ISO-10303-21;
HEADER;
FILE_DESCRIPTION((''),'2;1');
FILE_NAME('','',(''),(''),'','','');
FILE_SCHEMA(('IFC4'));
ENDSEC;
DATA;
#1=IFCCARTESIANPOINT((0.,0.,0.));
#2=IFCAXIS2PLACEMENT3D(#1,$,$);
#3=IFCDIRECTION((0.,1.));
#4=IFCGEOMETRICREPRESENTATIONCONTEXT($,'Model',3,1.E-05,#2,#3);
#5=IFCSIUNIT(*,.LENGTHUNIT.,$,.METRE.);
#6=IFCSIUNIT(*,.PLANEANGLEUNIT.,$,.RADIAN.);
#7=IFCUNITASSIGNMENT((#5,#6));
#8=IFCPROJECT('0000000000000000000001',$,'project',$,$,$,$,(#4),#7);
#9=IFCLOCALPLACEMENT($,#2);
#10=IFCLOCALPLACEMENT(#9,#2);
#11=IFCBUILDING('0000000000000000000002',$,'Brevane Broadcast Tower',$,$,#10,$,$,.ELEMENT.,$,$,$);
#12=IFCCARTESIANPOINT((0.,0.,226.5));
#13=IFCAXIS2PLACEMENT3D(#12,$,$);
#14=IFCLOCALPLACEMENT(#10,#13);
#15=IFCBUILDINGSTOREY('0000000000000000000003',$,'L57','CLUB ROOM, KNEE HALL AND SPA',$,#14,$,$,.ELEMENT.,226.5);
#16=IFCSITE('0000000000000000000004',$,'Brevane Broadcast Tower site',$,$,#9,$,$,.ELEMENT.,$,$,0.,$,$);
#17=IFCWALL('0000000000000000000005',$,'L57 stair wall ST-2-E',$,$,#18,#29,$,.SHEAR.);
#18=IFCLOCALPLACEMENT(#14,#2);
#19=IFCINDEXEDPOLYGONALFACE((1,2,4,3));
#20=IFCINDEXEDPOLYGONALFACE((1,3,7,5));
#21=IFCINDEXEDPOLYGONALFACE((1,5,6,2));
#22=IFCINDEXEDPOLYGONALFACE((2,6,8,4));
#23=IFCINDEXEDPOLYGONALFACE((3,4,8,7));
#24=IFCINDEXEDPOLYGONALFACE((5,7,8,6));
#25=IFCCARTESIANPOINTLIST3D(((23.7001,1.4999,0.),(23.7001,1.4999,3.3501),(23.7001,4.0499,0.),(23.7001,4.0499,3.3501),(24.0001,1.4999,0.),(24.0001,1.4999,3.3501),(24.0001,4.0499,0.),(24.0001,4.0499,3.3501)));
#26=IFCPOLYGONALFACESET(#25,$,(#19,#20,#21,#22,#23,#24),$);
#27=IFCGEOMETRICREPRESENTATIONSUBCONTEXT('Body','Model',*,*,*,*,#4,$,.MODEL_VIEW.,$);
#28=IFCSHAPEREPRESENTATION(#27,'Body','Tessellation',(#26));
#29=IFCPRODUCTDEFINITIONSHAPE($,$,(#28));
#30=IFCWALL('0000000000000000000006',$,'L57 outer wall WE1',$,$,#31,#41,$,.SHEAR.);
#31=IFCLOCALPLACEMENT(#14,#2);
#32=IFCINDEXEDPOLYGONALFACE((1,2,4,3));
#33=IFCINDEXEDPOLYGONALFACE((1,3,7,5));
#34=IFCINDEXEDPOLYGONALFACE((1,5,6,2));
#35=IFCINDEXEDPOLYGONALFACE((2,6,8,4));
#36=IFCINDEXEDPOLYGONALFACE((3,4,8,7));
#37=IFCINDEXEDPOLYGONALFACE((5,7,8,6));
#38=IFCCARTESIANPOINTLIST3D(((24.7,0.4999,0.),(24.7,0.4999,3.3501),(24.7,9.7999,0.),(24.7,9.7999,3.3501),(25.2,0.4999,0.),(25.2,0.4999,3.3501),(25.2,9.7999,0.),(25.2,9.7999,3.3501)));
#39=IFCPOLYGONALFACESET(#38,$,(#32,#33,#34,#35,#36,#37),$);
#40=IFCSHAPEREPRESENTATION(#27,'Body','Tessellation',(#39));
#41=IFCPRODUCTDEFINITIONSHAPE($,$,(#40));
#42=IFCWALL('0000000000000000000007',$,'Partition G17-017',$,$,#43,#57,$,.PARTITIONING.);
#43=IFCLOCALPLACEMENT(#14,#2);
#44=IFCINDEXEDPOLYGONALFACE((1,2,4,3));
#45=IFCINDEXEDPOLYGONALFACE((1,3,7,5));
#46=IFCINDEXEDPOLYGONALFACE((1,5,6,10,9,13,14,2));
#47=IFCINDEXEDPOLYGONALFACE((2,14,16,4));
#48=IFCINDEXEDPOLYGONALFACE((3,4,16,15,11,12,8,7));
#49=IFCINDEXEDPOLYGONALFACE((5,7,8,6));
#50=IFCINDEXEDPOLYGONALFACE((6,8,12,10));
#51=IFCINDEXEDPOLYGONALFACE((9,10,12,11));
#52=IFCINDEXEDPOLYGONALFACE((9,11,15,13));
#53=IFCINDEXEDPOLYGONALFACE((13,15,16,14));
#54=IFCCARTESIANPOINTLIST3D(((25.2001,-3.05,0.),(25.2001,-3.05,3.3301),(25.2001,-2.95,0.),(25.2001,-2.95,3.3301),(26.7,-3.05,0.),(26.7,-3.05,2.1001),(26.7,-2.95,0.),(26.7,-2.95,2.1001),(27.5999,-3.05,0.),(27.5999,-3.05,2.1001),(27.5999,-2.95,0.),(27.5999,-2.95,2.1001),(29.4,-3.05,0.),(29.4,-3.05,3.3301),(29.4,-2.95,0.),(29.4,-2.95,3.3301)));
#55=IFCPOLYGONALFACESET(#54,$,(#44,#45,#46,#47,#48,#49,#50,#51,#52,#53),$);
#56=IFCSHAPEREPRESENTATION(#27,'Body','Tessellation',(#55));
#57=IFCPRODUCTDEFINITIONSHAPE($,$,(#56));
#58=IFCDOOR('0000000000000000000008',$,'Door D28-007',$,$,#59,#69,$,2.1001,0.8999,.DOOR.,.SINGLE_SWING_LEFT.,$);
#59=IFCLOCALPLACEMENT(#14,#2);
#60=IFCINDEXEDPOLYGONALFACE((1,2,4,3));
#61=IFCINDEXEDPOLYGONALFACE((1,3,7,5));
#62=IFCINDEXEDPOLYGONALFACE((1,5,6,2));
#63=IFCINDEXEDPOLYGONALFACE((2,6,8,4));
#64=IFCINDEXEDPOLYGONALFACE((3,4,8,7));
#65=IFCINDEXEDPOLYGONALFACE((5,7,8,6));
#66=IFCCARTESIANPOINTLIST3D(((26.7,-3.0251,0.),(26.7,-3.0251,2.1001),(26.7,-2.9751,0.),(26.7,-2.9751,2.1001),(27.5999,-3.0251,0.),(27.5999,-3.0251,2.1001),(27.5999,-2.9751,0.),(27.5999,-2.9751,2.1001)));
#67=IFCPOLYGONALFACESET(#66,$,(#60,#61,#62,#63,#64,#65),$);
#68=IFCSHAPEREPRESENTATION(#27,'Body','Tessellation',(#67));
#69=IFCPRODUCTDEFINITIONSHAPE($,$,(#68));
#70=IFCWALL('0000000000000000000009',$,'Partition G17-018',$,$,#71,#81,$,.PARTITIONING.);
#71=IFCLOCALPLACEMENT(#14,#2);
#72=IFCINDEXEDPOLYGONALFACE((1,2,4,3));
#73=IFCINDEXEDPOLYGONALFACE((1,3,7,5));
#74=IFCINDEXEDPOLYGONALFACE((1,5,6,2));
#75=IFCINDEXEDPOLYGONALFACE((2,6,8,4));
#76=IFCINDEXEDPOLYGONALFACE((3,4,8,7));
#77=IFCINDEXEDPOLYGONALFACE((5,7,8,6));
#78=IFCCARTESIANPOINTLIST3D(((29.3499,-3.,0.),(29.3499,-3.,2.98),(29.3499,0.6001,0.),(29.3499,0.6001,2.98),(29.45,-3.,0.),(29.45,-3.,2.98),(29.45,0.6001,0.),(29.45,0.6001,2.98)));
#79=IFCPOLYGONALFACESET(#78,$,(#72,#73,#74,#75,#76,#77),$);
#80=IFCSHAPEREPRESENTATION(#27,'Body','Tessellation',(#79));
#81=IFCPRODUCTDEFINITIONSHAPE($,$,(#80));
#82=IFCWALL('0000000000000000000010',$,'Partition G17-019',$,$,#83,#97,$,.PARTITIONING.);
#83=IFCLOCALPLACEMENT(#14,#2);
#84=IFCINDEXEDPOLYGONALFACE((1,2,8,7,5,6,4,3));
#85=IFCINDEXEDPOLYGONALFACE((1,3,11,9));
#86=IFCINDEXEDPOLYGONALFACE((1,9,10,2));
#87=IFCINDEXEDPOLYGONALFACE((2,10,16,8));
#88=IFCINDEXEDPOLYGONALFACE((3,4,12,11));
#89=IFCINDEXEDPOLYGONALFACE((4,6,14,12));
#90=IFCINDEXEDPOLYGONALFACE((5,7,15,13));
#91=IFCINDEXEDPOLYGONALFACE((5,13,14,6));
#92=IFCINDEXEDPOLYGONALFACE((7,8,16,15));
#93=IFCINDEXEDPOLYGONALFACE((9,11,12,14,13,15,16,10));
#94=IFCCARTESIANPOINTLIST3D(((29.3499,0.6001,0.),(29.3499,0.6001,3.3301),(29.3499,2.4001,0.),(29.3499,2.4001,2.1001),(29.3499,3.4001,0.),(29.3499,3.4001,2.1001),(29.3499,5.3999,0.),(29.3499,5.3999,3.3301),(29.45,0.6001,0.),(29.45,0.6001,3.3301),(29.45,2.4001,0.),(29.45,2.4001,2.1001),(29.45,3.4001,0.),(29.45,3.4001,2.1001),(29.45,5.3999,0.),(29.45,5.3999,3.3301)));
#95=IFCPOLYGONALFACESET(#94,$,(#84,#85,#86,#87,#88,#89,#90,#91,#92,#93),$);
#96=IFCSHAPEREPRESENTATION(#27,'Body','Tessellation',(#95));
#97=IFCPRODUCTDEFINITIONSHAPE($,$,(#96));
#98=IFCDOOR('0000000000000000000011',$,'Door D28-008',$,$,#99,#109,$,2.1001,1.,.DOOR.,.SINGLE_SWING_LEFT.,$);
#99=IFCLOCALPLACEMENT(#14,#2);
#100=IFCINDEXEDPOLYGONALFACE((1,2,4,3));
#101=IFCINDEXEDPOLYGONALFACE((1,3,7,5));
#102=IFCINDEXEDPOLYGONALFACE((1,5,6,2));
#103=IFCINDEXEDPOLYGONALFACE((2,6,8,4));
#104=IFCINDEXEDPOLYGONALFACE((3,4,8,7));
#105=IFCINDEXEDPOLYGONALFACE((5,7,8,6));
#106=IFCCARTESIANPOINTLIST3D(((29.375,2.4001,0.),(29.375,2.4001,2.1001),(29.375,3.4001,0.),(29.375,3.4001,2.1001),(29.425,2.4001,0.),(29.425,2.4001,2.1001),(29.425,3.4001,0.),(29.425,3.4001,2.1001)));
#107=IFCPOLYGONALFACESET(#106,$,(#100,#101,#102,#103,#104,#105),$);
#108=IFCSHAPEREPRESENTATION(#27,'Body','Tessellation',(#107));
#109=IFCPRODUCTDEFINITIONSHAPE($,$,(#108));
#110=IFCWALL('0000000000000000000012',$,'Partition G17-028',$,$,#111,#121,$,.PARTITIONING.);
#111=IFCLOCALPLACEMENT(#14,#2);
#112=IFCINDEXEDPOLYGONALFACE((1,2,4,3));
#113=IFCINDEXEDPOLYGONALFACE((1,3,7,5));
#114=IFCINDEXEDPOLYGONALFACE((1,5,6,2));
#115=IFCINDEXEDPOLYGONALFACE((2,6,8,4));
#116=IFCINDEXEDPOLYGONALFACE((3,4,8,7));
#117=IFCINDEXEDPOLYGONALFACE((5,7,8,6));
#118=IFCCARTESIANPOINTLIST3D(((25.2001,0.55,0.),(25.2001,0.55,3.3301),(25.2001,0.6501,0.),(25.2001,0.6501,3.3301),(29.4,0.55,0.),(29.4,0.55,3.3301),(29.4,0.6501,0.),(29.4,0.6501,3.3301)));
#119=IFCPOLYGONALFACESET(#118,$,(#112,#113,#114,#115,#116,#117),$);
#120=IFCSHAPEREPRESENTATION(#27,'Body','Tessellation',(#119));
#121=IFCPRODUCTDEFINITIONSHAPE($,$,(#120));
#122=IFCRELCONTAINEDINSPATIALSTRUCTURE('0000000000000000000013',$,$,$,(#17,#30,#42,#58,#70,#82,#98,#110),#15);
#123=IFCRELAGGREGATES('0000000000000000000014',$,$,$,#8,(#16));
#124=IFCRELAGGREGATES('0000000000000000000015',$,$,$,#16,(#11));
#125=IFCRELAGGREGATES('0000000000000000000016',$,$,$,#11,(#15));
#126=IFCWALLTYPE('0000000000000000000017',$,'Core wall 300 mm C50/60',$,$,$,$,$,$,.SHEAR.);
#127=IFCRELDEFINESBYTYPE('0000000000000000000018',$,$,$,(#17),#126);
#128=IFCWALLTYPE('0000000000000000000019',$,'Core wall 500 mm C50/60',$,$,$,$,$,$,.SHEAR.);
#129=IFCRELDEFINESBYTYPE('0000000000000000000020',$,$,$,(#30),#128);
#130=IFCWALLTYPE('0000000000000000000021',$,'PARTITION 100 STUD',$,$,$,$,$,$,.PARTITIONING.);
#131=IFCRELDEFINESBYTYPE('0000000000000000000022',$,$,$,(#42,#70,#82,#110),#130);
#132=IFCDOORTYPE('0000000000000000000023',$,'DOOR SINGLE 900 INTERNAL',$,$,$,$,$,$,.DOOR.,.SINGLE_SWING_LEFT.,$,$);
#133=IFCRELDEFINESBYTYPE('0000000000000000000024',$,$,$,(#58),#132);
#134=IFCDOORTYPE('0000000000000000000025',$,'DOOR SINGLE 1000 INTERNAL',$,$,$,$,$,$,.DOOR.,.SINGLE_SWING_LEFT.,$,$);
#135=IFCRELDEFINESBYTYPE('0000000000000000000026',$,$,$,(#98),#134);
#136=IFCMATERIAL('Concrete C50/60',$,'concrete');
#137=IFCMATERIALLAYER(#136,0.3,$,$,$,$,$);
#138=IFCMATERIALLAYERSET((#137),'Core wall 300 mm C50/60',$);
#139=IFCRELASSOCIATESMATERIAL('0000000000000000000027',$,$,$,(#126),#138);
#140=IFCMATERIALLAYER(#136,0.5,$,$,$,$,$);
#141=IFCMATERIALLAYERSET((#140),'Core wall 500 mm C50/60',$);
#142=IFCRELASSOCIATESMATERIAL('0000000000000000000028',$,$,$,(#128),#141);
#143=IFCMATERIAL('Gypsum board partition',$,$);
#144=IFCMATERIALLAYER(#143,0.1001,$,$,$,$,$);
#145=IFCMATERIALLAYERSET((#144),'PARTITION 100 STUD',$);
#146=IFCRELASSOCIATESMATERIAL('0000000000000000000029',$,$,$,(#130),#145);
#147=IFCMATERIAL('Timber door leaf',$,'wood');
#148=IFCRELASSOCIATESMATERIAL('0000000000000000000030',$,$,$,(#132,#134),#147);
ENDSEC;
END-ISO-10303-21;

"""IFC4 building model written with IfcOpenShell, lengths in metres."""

from ifc_helpers import new_model, si_unit, direction, frame, frame_2d, origin, place, context, subcontext, project, spatial, rectangle, extrude, material, layer, layer_set, type_object, element, fill, save


model = new_model("IFC4")

# Units and contexts
model_context = context("Model", 3, precision=1e-05, world=origin(), true_north=direction((0.0, 1.0)))
body_context = subcontext(model_context, "Body", "Model", "MODEL_VIEW")
ifc_project = project(units=[si_unit("LENGTHUNIT", "METRE"), si_unit("PLANEANGLEUNIT", "RADIAN")], contexts=[model_context])

# Site, building, storey
site_placement = place(None, origin())
site = spatial("IfcSite", under=ifc_project, at=site_placement, Name="Brevane Broadcast Tower site", CompositionType="ELEMENT", RefElevation=0.0)
building_placement = place(site_placement, origin())
building = spatial("IfcBuilding", under=site, at=building_placement, Name="Brevane Broadcast Tower", CompositionType="ELEMENT")
storey_placement = place(building_placement, frame((0.0, 0.0, 226.5)))
storey = spatial("IfcBuildingStorey", under=building, at=storey_placement, Name="L57", Description="CLUB ROOM, KNEE HALL AND SPA", CompositionType="ELEMENT", Elevation=226.5)

# Walls
ifc_material_1 = material(Name="Concrete C50/60", Category="concrete")
ifc_layer_1 = layer(ifc_material_1, 0.3)
ifc_layer_set_1 = layer_set([ifc_layer_1], Name="Core wall 300 mm C50/60")
wall_type_1 = type_object("IfcWallType", Name="Core wall 300 mm C50/60", PredefinedType="SHEAR", material=ifc_layer_set_1)
wall_1_placement = place(storey_placement, frame((23.8501, 1.5, 0.0), z_axis=(0.0, 0.0, 1.0), x_axis=(0.0, 1.0, 0.0)))
element("IfcWall", 1, at=wall_1_placement, inside=storey, type_object=wall_type_1, Name="L57 stair wall ST-2-E", PredefinedType="SHEAR", context=body_context, shape_type="SweptSolid", body=[
    extrude(rectangle(XDim=2.55, YDim=0.3, at=frame_2d((1.2749, 0.0))), origin(), (0.0, 0.0, 1.0), 3.3501),
])
ifc_layer_2 = layer(ifc_material_1, 0.5)
ifc_layer_set_2 = layer_set([ifc_layer_2], Name="Core wall 500 mm C50/60")
wall_type_2 = type_object("IfcWallType", Name="Core wall 500 mm C50/60", PredefinedType="SHEAR", material=ifc_layer_set_2)
wall_2_placement = place(storey_placement, frame((24.95, 0.5, 0.0), z_axis=(0.0, 0.0, 1.0), x_axis=(0.0, 1.0, 0.0)))
element("IfcWall", 2, at=wall_2_placement, inside=storey, type_object=wall_type_2, Name="L57 outer wall WE1", PredefinedType="SHEAR", context=body_context, shape_type="SweptSolid", body=[
    extrude(rectangle(XDim=9.3, YDim=0.5, at=frame_2d((4.6499, 0.0))), origin(), (0.0, 0.0, 1.0), 3.3501),
])

# Wall, opening, door
ifc_material_2 = material(Name="Gypsum board partition")
ifc_layer_3 = layer(ifc_material_2, 0.1001)
ifc_layer_set_3 = layer_set([ifc_layer_3], Name="PARTITION 100 STUD")
wall_type_3 = type_object("IfcWallType", Name="PARTITION 100 STUD", PredefinedType="PARTITIONING", material=ifc_layer_set_3)
wall_3_placement = place(storey_placement, frame((25.2, -3.0, 0.0), z_axis=(0.0, 0.0, 1.0), x_axis=(1.0, 0.0, 0.0)))
wall_3 = element("IfcWall", 3, at=wall_3_placement, inside=storey, type_object=wall_type_3, Name="Partition G17-017", PredefinedType="PARTITIONING", context=body_context, shape_type="SweptSolid", body=[
    extrude(rectangle(XDim=4.2, YDim=0.1001, at=frame_2d((2.1001, 0.0))), origin(), (0.0, 0.0, 1.0), 3.3301),
])
opening_1_placement = place(wall_3_placement, frame((1.5, 0.0, 0.0)))
opening_1 = element("IfcOpeningElement", 4, at=opening_1_placement, cuts=wall_3, PredefinedType="OPENING", context=body_context, shape_type="SweptSolid", body=[
    extrude(rectangle(XDim=0.8999, YDim=2.1001, at=frame_2d((0.45, 1.05))), frame((0.0, 0.0601, 0.0), z_axis=(0.0, -1.0, 0.0), x_axis=(1.0, 0.0, 0.0)), (0.0, 0.0, 1.0), 0.1201),
])
ifc_material_3 = material(Name="Timber door leaf", Category="wood")
door_type_1 = type_object("IfcDoorType", Name="DOOR SINGLE 900 INTERNAL", OperationType="SINGLE_SWING_LEFT", PredefinedType="DOOR", material=ifc_material_3)
door_1_placement = place(opening_1_placement, origin())
door_1 = element("IfcDoor", 5, at=door_1_placement, inside=storey, type_object=door_type_1, Name="Door D28-007", OperationType="SINGLE_SWING_LEFT", OverallHeight=2.1001, OverallWidth=0.8999, PredefinedType="DOOR", context=body_context, shape_type="SweptSolid", body=[
    extrude(rectangle(XDim=0.8999, YDim=2.1001, at=frame_2d((0.45, 1.05))), frame((0.0, 0.0249, 0.0), z_axis=(0.0, -1.0, 0.0), x_axis=(1.0, 0.0, 0.0)), (0.0, 0.0, 1.0), 0.05),
])
fill(opening_1, door_1)

# Wall
wall_4_placement = place(storey_placement, frame((29.3999, -3.0, 0.0), z_axis=(0.0, 0.0, 1.0), x_axis=(0.0, 1.0, 0.0)))
element("IfcWall", 6, at=wall_4_placement, inside=storey, type_object=wall_type_3, Name="Partition G17-018", PredefinedType="PARTITIONING", context=body_context, shape_type="SweptSolid", body=[
    extrude(rectangle(XDim=3.6001, YDim=0.1001, at=frame_2d((1.8, 0.0))), origin(), (0.0, 0.0, 1.0), 2.98),
])

# Wall, opening, door
wall_5_placement = place(storey_placement, frame((29.3999, 0.6001, 0.0), z_axis=(0.0, 0.0, 1.0), x_axis=(0.0, 1.0, 0.0)))
wall_5 = element("IfcWall", 7, at=wall_5_placement, inside=storey, type_object=wall_type_3, Name="Partition G17-019", PredefinedType="PARTITIONING", context=body_context, shape_type="SweptSolid", body=[
    extrude(rectangle(XDim=4.7998, YDim=0.1001, at=frame_2d((2.3999, 0.0))), origin(), (0.0, 0.0, 1.0), 3.3301),
])
opening_2_placement = place(wall_5_placement, frame((1.8, 0.0, 0.0)))
opening_2 = element("IfcOpeningElement", 8, at=opening_2_placement, cuts=wall_5, PredefinedType="OPENING", context=body_context, shape_type="SweptSolid", body=[
    extrude(rectangle(XDim=1.0, YDim=2.1001, at=frame_2d((0.5, 1.05))), frame((0.0, 0.0601, 0.0), z_axis=(0.0, -1.0, 0.0), x_axis=(1.0, 0.0, 0.0)), (0.0, 0.0, 1.0), 0.1201),
])
door_type_2 = type_object("IfcDoorType", Name="DOOR SINGLE 1000 INTERNAL", OperationType="SINGLE_SWING_LEFT", PredefinedType="DOOR", material=ifc_material_3)
door_2_placement = place(opening_2_placement, origin())
door_2 = element("IfcDoor", 9, at=door_2_placement, inside=storey, type_object=door_type_2, Name="Door D28-008", OperationType="SINGLE_SWING_LEFT", OverallHeight=2.1001, OverallWidth=1.0, PredefinedType="DOOR", context=body_context, shape_type="SweptSolid", body=[
    extrude(rectangle(XDim=1.0, YDim=2.1001, at=frame_2d((0.5, 1.05))), frame((0.0, 0.0249, 0.0), z_axis=(0.0, -1.0, 0.0), x_axis=(1.0, 0.0, 0.0)), (0.0, 0.0, 1.0), 0.05),
])
fill(opening_2, door_2)

# Wall
wall_6_placement = place(storey_placement, frame((25.2, 0.6001, 0.0), z_axis=(0.0, 0.0, 1.0), x_axis=(1.0, 0.0, 0.0)))
element("IfcWall", 10, at=wall_6_placement, inside=storey, type_object=wall_type_3, Name="Partition G17-028", PredefinedType="PARTITIONING", context=body_context, shape_type="SweptSolid", body=[
    extrude(rectangle(XDim=4.2, YDim=0.1001, at=frame_2d((2.1001, 0.0))), origin(), (0.0, 0.0, 1.0), 3.3301),
])

save(model, "model.ifc")
